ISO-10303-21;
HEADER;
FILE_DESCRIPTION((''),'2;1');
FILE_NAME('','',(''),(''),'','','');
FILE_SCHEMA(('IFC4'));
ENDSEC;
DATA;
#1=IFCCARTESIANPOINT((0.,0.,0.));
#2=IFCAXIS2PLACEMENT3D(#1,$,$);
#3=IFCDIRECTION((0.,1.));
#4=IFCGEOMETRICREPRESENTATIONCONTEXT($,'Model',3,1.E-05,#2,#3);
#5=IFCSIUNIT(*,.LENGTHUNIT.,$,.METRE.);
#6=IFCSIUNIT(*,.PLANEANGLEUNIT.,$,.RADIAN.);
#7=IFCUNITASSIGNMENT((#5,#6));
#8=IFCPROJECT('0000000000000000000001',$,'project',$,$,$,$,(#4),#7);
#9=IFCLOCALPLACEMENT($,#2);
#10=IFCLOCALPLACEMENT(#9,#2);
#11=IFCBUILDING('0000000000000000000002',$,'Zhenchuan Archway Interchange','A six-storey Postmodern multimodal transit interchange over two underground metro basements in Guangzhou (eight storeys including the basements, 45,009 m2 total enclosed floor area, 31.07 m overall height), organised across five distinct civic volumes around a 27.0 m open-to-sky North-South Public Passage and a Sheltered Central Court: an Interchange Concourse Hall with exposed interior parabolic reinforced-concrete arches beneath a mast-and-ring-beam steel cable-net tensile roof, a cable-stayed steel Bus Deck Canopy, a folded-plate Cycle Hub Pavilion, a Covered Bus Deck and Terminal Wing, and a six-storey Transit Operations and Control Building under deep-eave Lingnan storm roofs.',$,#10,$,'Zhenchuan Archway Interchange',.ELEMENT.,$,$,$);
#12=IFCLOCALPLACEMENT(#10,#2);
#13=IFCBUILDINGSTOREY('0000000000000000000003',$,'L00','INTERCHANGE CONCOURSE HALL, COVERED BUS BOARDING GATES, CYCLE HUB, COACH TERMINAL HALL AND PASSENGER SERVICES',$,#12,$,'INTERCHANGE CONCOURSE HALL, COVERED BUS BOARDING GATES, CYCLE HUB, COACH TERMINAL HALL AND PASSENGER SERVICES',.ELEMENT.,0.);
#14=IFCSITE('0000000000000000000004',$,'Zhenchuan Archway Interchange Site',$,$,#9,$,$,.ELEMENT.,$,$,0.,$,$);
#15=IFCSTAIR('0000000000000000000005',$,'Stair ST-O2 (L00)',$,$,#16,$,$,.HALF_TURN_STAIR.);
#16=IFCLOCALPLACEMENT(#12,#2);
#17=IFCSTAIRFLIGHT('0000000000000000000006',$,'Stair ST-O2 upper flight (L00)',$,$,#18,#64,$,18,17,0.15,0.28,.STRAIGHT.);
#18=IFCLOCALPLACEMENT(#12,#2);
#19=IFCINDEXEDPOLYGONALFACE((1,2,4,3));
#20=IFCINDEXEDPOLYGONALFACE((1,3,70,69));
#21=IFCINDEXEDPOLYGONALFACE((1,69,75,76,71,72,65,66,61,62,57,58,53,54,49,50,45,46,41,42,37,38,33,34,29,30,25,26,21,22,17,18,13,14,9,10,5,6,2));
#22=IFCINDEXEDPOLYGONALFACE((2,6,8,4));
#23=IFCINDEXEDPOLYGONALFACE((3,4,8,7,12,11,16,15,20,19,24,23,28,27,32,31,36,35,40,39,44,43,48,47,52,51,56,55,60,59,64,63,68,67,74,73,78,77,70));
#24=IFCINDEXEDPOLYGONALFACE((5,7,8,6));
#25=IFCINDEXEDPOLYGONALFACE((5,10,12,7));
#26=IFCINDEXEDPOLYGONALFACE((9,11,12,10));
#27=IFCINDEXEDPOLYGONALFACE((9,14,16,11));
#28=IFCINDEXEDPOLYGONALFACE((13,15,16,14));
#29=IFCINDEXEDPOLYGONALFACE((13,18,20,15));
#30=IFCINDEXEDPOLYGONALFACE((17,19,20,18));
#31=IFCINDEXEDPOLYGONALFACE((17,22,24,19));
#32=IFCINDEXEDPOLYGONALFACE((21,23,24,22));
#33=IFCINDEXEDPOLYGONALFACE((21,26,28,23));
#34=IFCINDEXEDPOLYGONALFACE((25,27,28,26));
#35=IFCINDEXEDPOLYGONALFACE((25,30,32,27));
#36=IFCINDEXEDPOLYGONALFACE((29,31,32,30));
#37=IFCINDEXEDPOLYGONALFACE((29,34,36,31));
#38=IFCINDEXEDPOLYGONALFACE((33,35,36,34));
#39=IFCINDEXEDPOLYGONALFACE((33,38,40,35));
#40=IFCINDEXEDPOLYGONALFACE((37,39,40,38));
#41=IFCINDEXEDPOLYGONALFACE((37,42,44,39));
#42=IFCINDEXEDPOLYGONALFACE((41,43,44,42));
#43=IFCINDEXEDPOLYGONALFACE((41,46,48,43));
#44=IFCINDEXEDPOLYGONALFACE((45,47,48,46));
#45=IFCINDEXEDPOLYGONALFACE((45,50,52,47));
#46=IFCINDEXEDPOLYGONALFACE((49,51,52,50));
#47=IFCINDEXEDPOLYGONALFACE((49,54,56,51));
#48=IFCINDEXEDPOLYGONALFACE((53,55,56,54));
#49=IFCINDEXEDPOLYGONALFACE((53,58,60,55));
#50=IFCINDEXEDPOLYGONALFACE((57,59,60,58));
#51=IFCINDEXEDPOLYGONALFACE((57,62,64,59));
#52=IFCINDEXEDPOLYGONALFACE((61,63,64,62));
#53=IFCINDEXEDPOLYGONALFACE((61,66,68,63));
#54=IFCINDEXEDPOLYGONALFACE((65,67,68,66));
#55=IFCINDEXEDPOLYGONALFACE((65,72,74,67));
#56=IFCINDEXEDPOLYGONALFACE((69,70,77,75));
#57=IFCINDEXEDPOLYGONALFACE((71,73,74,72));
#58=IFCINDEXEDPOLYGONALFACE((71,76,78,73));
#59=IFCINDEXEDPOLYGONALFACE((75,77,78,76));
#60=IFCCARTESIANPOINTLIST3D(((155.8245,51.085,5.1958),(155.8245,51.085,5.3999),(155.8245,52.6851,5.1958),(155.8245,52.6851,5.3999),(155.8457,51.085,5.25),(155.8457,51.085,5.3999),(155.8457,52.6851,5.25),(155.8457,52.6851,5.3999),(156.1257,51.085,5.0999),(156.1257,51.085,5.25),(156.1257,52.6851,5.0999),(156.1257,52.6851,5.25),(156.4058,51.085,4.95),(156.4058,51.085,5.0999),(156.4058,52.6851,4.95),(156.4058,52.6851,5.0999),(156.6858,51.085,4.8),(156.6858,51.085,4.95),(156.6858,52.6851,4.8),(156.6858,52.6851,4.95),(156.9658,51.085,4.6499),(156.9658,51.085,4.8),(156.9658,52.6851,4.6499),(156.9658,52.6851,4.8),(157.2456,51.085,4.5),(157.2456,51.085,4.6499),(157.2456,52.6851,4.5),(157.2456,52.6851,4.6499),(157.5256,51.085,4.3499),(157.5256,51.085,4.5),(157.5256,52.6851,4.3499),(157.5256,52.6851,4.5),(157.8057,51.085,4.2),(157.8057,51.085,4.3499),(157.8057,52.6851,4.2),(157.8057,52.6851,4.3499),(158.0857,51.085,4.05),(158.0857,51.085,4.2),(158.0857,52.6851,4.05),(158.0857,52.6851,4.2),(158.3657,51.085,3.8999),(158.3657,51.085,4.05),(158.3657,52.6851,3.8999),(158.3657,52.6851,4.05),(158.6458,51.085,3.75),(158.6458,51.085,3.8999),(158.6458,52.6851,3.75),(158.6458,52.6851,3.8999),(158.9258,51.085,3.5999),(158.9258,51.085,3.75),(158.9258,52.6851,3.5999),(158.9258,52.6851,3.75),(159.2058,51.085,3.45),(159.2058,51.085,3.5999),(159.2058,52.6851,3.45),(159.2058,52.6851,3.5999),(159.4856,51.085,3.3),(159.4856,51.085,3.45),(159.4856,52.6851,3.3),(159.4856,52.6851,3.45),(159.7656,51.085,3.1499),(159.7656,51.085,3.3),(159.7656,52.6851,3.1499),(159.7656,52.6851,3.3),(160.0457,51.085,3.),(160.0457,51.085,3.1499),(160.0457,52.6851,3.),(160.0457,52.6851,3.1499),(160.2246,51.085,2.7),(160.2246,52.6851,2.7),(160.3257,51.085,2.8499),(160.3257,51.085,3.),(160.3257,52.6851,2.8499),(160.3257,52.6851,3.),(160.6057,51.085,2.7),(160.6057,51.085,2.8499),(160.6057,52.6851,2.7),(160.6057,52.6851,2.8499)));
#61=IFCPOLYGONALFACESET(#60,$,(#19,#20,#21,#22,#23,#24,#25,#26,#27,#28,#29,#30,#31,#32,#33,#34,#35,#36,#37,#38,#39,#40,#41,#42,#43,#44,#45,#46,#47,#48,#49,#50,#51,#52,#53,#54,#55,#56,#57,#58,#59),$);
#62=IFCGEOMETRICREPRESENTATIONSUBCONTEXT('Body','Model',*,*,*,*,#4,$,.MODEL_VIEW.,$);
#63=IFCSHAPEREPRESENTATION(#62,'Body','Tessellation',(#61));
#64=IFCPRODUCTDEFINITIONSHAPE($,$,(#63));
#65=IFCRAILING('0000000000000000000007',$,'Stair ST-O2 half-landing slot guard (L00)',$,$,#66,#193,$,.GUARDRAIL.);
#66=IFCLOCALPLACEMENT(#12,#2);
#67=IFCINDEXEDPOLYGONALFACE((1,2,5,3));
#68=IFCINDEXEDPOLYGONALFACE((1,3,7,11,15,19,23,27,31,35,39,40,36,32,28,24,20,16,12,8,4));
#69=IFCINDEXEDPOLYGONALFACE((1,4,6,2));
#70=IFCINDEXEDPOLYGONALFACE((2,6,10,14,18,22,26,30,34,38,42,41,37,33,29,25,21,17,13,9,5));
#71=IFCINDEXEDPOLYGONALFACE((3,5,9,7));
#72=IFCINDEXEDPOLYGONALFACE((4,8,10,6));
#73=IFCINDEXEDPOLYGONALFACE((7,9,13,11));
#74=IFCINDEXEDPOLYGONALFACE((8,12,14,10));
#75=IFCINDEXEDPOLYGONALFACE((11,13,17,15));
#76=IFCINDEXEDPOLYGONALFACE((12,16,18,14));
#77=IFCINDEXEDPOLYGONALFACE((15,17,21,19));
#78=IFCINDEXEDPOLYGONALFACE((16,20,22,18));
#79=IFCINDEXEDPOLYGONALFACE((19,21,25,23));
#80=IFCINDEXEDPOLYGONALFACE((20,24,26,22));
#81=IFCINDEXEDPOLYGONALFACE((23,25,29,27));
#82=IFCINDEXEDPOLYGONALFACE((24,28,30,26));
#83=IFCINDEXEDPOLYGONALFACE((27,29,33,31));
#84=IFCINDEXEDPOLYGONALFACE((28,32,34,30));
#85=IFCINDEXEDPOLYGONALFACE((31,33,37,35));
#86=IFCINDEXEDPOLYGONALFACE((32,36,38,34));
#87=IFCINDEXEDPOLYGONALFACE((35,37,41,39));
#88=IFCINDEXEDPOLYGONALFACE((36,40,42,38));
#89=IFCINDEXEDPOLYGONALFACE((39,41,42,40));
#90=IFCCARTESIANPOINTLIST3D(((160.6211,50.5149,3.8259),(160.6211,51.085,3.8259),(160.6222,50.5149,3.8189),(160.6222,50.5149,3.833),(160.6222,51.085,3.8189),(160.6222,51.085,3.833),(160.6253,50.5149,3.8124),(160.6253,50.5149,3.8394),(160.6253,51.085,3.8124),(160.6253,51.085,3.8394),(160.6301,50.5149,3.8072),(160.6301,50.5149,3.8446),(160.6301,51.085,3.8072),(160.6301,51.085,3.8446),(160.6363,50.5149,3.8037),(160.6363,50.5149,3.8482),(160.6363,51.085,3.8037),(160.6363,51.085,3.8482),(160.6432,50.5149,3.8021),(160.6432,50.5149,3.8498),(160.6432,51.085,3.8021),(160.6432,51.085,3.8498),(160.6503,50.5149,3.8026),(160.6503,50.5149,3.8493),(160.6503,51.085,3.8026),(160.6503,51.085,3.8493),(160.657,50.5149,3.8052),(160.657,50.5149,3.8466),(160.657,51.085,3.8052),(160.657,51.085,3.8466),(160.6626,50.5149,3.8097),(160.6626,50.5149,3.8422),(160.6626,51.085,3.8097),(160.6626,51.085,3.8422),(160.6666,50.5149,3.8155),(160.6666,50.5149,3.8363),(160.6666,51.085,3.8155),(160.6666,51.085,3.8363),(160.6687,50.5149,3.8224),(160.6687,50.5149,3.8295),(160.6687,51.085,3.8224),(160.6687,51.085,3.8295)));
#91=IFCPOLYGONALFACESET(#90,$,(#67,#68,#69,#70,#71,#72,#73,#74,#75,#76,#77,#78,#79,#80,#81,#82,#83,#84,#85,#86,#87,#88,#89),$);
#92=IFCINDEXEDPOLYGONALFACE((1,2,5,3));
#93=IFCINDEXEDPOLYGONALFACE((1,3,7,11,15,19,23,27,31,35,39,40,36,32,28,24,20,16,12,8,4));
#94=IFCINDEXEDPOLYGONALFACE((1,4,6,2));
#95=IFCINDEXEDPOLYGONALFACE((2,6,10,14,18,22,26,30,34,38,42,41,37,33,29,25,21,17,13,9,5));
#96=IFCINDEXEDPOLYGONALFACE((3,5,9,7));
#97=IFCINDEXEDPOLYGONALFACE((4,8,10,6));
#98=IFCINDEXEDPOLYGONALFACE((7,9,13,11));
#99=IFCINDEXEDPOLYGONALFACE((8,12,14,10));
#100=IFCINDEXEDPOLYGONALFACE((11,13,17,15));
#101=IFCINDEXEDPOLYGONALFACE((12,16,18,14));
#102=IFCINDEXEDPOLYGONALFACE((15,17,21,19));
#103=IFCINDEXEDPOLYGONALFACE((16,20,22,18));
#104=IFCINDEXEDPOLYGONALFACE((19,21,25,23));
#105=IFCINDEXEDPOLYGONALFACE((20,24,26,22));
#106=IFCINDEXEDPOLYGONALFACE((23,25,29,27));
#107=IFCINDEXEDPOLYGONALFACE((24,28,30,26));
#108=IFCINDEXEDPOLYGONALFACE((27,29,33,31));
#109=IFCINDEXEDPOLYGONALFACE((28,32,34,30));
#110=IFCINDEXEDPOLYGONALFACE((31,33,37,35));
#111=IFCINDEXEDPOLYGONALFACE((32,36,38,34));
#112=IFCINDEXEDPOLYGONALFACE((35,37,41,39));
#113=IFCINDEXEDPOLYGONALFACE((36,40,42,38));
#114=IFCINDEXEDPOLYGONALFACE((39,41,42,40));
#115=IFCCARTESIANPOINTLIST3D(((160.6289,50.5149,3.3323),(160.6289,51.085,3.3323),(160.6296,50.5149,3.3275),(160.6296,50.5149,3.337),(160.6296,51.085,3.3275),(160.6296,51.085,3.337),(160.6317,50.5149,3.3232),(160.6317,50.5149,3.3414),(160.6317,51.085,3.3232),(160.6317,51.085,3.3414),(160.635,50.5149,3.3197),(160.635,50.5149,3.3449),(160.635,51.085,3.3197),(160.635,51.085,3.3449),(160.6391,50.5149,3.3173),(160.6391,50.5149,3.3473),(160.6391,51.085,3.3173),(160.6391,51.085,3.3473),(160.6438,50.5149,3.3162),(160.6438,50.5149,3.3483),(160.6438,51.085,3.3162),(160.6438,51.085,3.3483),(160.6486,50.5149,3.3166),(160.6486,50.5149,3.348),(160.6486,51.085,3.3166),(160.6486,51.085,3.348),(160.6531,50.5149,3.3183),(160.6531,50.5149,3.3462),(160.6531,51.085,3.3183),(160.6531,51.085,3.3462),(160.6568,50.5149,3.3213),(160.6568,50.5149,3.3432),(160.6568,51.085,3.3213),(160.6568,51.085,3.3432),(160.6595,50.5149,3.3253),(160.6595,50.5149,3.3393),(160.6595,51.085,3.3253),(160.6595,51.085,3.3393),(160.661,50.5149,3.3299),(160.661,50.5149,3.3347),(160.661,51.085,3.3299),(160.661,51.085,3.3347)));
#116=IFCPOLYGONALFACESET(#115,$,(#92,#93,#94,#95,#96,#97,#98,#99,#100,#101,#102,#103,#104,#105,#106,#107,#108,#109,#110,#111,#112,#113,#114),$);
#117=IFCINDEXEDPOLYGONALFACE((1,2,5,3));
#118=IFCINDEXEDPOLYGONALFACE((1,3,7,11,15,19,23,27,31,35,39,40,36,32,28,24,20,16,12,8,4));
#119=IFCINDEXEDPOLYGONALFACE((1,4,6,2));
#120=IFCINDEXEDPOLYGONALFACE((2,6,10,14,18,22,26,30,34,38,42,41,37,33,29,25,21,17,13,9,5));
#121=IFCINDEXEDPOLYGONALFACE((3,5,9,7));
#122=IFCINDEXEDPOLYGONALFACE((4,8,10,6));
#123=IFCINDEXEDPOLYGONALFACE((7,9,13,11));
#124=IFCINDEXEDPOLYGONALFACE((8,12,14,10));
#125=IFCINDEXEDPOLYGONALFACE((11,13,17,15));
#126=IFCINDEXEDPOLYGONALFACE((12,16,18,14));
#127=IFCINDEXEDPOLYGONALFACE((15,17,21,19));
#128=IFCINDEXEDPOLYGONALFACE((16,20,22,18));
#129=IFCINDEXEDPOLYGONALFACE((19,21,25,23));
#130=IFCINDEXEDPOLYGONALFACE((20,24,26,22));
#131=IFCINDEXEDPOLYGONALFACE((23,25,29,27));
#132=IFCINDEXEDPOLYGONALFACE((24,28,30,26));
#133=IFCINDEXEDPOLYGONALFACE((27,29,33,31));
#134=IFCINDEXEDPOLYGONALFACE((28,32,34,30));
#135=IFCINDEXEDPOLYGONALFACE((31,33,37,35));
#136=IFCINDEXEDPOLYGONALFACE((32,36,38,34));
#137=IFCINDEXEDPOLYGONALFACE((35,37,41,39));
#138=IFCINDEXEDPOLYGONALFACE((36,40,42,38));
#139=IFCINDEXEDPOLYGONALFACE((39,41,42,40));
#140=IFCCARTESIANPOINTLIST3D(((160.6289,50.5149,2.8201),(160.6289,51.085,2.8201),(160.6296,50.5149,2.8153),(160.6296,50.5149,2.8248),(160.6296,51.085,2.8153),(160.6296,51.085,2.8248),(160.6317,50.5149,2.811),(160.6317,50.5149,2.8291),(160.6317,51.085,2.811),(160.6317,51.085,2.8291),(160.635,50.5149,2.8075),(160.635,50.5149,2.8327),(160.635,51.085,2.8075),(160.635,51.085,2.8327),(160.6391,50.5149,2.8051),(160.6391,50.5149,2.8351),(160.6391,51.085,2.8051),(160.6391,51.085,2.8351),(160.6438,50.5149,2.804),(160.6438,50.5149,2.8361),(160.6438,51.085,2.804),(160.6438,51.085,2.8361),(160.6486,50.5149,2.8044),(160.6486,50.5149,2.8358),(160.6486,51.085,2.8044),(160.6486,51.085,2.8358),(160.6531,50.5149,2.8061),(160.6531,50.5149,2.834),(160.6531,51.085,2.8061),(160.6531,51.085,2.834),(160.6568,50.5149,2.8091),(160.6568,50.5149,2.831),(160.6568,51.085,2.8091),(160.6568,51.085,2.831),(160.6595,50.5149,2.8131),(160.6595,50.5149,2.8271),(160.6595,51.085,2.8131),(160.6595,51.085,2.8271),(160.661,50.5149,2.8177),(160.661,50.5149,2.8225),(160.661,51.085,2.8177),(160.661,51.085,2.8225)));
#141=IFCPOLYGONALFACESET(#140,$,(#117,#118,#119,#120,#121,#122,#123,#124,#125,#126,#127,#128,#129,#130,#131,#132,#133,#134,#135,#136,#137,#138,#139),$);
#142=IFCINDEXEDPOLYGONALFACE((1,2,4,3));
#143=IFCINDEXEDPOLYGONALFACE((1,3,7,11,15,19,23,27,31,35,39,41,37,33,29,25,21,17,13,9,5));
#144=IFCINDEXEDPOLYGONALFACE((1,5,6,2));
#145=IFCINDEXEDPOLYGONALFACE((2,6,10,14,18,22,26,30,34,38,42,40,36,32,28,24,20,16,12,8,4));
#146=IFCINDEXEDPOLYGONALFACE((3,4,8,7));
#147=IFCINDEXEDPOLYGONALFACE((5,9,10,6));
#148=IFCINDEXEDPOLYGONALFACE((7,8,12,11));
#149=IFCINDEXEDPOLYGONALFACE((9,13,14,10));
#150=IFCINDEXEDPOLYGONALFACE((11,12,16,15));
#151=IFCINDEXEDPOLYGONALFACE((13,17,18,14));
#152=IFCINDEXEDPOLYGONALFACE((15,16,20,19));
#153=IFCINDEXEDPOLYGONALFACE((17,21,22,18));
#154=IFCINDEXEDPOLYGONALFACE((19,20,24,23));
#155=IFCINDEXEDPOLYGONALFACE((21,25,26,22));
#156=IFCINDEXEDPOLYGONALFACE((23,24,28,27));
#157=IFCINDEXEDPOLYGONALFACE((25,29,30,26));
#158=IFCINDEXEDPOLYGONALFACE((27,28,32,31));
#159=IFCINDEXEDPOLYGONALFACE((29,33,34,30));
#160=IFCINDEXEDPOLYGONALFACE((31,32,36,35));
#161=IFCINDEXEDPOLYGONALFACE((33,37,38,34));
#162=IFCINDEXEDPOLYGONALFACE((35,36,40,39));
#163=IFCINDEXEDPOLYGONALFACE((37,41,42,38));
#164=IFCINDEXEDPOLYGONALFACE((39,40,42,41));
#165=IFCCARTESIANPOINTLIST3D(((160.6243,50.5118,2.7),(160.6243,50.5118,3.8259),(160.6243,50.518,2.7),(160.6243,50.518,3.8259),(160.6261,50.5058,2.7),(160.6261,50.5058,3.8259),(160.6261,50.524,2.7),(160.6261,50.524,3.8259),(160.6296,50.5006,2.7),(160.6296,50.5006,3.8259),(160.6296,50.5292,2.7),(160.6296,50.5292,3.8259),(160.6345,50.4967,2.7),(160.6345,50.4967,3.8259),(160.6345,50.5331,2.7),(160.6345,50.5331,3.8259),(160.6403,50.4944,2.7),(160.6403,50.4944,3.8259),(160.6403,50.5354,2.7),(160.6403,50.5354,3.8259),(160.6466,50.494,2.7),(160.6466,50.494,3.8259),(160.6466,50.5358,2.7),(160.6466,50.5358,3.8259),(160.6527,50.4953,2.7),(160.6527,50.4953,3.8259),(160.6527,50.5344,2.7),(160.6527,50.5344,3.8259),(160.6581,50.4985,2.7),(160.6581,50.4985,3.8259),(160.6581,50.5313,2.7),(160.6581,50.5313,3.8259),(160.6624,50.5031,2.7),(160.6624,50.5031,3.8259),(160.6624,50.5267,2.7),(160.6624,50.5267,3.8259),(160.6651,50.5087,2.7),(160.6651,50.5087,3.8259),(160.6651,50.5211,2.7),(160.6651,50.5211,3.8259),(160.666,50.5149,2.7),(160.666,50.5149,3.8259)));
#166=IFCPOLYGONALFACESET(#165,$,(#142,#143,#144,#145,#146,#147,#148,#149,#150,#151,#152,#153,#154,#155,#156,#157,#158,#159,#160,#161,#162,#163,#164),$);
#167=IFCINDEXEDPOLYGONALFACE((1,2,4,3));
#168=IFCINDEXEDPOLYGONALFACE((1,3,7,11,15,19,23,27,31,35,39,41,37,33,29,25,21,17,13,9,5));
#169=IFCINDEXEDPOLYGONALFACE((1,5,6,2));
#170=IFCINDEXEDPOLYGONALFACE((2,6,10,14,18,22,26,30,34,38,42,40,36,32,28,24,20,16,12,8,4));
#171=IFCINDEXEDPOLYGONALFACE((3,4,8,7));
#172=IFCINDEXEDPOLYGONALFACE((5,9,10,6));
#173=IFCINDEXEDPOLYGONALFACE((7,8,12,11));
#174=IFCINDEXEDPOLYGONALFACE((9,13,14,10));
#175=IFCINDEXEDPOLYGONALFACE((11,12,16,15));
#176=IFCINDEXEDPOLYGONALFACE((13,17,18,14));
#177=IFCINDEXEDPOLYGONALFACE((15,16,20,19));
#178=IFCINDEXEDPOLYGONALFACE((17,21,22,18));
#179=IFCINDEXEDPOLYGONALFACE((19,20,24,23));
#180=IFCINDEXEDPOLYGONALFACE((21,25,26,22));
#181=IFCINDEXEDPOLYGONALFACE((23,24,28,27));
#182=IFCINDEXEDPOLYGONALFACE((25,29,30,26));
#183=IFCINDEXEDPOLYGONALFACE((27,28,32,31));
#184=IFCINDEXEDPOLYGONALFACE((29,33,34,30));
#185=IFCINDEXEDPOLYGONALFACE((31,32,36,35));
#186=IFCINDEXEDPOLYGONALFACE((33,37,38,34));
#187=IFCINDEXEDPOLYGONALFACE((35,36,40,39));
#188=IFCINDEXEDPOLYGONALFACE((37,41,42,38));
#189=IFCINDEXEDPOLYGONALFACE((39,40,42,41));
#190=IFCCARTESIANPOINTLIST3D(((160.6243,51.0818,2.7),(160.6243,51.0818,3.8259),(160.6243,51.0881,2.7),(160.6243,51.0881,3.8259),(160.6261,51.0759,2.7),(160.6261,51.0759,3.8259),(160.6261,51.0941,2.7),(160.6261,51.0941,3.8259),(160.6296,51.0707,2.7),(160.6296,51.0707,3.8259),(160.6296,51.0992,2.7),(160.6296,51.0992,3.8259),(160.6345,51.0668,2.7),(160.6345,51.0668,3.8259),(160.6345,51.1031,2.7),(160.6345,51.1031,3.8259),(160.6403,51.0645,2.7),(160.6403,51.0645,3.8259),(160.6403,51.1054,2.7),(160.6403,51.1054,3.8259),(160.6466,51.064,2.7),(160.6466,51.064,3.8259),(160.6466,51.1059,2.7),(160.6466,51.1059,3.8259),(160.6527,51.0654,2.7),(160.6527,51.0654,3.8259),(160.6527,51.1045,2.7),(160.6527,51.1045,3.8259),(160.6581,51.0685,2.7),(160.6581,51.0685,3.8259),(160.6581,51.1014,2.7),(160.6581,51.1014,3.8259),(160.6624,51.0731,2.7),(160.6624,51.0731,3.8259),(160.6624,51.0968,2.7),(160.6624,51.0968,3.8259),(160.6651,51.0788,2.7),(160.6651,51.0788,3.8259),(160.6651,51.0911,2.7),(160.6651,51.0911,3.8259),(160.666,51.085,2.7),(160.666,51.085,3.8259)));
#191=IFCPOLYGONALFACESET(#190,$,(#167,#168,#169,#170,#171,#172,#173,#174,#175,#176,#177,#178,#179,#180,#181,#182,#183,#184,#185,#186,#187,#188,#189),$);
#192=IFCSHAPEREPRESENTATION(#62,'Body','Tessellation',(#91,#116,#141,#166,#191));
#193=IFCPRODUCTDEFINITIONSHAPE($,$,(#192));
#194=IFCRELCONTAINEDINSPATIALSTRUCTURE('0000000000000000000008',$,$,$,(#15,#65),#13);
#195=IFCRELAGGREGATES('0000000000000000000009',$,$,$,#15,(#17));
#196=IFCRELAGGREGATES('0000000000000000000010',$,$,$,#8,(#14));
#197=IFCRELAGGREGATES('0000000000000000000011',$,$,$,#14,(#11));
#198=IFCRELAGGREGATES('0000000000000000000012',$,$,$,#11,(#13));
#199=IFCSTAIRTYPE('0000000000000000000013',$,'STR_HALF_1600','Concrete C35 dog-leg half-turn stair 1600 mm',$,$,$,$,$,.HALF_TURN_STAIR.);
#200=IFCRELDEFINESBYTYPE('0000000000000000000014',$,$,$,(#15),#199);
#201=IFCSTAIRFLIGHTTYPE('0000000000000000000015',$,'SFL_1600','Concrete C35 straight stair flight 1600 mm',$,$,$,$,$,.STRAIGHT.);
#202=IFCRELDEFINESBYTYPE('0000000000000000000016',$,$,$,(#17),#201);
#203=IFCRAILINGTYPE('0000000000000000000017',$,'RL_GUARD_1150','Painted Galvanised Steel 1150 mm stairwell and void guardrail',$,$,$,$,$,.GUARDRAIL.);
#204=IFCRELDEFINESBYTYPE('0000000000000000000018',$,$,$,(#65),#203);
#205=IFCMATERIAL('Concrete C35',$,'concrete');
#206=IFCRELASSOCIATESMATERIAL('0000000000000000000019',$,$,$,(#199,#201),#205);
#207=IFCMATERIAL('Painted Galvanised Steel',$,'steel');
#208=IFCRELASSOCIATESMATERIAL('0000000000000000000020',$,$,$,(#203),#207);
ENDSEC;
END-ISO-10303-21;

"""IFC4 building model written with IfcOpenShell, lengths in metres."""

from ifc_helpers import new_model, si_unit, direction, frame, origin, origin_2d, place, context, subcontext, project, spatial, polyline, circle, outline, extrude, material, type_object, element, aggregate, save


model = new_model("IFC4")

# Units and contexts
model_context = context("Model", 3, precision=1e-05, world=origin(), true_north=direction((0.0, 1.0)))
body_context = subcontext(model_context, "Body", "Model", "MODEL_VIEW")
ifc_project = project(units=[si_unit("LENGTHUNIT", "METRE"), si_unit("PLANEANGLEUNIT", "RADIAN")], contexts=[model_context])

# Site, building, storey
site_placement = place(None, origin())
site = spatial("IfcSite", under=ifc_project, at=site_placement, Name="Zhenchuan Archway Interchange Site", CompositionType="ELEMENT", RefElevation=0.0)
building_placement = place(site_placement, origin())
building = spatial("IfcBuilding", under=site, at=building_placement, Name="Zhenchuan Archway Interchange", Description="A six-storey Postmodern multimodal transit interchange over two underground metro basements in Guangzhou (eight storeys including the basements, 45,009 m2 total enclosed floor area, 31.07 m overall height), organised across five distinct civic volumes around a 27.0 m open-to-sky North-South Public Passage and a Sheltered Central Court: an Interchange Concourse Hall with exposed interior parabolic reinforced-concrete arches beneath a mast-and-ring-beam steel cable-net tensile roof, a cable-stayed steel Bus Deck Canopy, a folded-plate Cycle Hub Pavilion, a Covered Bus Deck and Terminal Wing, and a six-storey Transit Operations and Control Building under deep-eave Lingnan storm roofs.", LongName="Zhenchuan Archway Interchange", CompositionType="ELEMENT")
storey_placement = place(building_placement, origin())
storey = spatial("IfcBuildingStorey", under=building, at=storey_placement, Name="L00", Description="INTERCHANGE CONCOURSE HALL, COVERED BUS BOARDING GATES, CYCLE HUB, COACH TERMINAL HALL AND PASSENGER SERVICES", LongName="INTERCHANGE CONCOURSE HALL, COVERED BUS BOARDING GATES, CYCLE HUB, COACH TERMINAL HALL AND PASSENGER SERVICES", CompositionType="ELEMENT", Elevation=0.0)

# Shared definitions
ifc_material_1 = material(Name="Painted Galvanised Steel", Category="steel")

# Stair, stair flight
ifc_material_2 = material(Name="Concrete C35", Category="concrete")
stair_type = type_object("IfcStairType", Name="STR_HALF_1600", Description="Concrete C35 dog-leg half-turn stair 1600 mm", PredefinedType="HALF_TURN_STAIR", material=ifc_material_2)
stair_placement = place(storey_placement, origin())
stair = element("IfcStair", 1, at=stair_placement, inside=storey, type_object=stair_type, Name="Stair ST-O2 (L00)", PredefinedType="HALF_TURN_STAIR")
stair_flight_type = type_object("IfcStairFlightType", Name="SFL_1600", Description="Concrete C35 straight stair flight 1600 mm", PredefinedType="STRAIGHT", material=ifc_material_2)
stair_flight_1_placement = place(storey_placement, frame((160.6057, 51.885, 2.7), z_axis=(0.0, 0.0, 1.0), x_axis=(-1.0, 0.0, 0.0)))
stair_flight_1 = element("IfcStairFlight", 2, at=stair_flight_1_placement, type_object=stair_flight_type, Name="Stair ST-O2 upper flight (L00)", NumberOfRisers=18, NumberOfTreads=17, PredefinedType="STRAIGHT", RiserHeight=0.15, TreadLength=0.28, context=body_context, shape_type="SweptSolid", body=[
    extrude(outline(polyline([(0.0, 0.0), (0.0, 0.1499), (0.28, 0.1499), (0.28, 0.3), (0.5601, 0.3), (0.5601, 0.45), (0.8401, 0.45), (0.8401, 0.6001), (1.1201, 0.6001), (1.1201, 0.75), (1.3999, 0.75), (1.3999, 0.8999), (1.6799, 0.8999), (1.6799, 1.05), (1.96, 1.05), (1.96, 1.2), (2.24, 1.2), (2.24, 1.3501), (2.52, 1.3501), (2.52, 1.5), (2.8, 1.5), (2.8, 1.6499), (3.0801, 1.6499), (3.0801, 1.8), (3.3601, 1.8), (3.3601, 1.95), (3.6399, 1.95), (3.6399, 2.1001), (3.9199, 2.1001), (3.9199, 2.25), (4.2, 2.25), (4.2, 2.3999), (4.48, 2.3999), (4.48, 2.55), (4.76, 2.55), (4.76, 2.7), (4.7812, 2.7), (4.7812, 2.4958), (0.3811, 0.0), (0.0, 0.0)])), frame((0.0, 0.8, 0.0), z_axis=(0.0, -1.0, 0.0), x_axis=(1.0, 0.0, 0.0)), (0.0, 0.0, 1.0), 1.6001),
])
aggregate(stair, [stair_flight_1])

# Railing
railing_type_1 = type_object("IfcRailingType", Name="RL_GUARD_1150", Description="Painted Galvanised Steel 1150 mm stairwell and void guardrail", PredefinedType="GUARDRAIL", material=ifc_material_1)
for number, where, name in (
    (3, (160.645, 50.5149, 2.7), "Stair ST-O2 half-landing slot guard (L00)"),
):
    element("IfcRailing", number, at=place(storey_placement, frame(where)), inside=storey, type_object=railing_type_1, Name=name, PredefinedType="GUARDRAIL", context=body_context, shape_type="SweptSolid", body=[
        extrude(circle(Radius=0.0239, at=origin_2d()), frame((0.0, 0.0, 1.126), z_axis=(0.0, 1.0, 0.0), x_axis=(-1.0, 0.0, 0.0)), (0.0, 0.0, 1.0), 0.5701),
        extrude(circle(Radius=0.0161, at=origin_2d()), frame((0.0, 0.0, 0.6323), z_axis=(0.0, 1.0, 0.0), x_axis=(-1.0, 0.0, 0.0)), (0.0, 0.0, 1.0), 0.5701),
        extrude(circle(Radius=0.0161, at=origin_2d()), frame((0.0, 0.0, 0.1201), z_axis=(0.0, 1.0, 0.0), x_axis=(-1.0, 0.0, 0.0)), (0.0, 0.0, 1.0), 0.5701),
        extrude(circle(Radius=0.021, at=origin_2d()), origin(), (0.0, 0.0, 1.0), 1.126),
        extrude(circle(Radius=0.021, at=origin_2d()), frame((0.0, 0.5701, 0.0)), (0.0, 0.0, 1.0), 1.126),
    ])

save(model, "model.ifc")
